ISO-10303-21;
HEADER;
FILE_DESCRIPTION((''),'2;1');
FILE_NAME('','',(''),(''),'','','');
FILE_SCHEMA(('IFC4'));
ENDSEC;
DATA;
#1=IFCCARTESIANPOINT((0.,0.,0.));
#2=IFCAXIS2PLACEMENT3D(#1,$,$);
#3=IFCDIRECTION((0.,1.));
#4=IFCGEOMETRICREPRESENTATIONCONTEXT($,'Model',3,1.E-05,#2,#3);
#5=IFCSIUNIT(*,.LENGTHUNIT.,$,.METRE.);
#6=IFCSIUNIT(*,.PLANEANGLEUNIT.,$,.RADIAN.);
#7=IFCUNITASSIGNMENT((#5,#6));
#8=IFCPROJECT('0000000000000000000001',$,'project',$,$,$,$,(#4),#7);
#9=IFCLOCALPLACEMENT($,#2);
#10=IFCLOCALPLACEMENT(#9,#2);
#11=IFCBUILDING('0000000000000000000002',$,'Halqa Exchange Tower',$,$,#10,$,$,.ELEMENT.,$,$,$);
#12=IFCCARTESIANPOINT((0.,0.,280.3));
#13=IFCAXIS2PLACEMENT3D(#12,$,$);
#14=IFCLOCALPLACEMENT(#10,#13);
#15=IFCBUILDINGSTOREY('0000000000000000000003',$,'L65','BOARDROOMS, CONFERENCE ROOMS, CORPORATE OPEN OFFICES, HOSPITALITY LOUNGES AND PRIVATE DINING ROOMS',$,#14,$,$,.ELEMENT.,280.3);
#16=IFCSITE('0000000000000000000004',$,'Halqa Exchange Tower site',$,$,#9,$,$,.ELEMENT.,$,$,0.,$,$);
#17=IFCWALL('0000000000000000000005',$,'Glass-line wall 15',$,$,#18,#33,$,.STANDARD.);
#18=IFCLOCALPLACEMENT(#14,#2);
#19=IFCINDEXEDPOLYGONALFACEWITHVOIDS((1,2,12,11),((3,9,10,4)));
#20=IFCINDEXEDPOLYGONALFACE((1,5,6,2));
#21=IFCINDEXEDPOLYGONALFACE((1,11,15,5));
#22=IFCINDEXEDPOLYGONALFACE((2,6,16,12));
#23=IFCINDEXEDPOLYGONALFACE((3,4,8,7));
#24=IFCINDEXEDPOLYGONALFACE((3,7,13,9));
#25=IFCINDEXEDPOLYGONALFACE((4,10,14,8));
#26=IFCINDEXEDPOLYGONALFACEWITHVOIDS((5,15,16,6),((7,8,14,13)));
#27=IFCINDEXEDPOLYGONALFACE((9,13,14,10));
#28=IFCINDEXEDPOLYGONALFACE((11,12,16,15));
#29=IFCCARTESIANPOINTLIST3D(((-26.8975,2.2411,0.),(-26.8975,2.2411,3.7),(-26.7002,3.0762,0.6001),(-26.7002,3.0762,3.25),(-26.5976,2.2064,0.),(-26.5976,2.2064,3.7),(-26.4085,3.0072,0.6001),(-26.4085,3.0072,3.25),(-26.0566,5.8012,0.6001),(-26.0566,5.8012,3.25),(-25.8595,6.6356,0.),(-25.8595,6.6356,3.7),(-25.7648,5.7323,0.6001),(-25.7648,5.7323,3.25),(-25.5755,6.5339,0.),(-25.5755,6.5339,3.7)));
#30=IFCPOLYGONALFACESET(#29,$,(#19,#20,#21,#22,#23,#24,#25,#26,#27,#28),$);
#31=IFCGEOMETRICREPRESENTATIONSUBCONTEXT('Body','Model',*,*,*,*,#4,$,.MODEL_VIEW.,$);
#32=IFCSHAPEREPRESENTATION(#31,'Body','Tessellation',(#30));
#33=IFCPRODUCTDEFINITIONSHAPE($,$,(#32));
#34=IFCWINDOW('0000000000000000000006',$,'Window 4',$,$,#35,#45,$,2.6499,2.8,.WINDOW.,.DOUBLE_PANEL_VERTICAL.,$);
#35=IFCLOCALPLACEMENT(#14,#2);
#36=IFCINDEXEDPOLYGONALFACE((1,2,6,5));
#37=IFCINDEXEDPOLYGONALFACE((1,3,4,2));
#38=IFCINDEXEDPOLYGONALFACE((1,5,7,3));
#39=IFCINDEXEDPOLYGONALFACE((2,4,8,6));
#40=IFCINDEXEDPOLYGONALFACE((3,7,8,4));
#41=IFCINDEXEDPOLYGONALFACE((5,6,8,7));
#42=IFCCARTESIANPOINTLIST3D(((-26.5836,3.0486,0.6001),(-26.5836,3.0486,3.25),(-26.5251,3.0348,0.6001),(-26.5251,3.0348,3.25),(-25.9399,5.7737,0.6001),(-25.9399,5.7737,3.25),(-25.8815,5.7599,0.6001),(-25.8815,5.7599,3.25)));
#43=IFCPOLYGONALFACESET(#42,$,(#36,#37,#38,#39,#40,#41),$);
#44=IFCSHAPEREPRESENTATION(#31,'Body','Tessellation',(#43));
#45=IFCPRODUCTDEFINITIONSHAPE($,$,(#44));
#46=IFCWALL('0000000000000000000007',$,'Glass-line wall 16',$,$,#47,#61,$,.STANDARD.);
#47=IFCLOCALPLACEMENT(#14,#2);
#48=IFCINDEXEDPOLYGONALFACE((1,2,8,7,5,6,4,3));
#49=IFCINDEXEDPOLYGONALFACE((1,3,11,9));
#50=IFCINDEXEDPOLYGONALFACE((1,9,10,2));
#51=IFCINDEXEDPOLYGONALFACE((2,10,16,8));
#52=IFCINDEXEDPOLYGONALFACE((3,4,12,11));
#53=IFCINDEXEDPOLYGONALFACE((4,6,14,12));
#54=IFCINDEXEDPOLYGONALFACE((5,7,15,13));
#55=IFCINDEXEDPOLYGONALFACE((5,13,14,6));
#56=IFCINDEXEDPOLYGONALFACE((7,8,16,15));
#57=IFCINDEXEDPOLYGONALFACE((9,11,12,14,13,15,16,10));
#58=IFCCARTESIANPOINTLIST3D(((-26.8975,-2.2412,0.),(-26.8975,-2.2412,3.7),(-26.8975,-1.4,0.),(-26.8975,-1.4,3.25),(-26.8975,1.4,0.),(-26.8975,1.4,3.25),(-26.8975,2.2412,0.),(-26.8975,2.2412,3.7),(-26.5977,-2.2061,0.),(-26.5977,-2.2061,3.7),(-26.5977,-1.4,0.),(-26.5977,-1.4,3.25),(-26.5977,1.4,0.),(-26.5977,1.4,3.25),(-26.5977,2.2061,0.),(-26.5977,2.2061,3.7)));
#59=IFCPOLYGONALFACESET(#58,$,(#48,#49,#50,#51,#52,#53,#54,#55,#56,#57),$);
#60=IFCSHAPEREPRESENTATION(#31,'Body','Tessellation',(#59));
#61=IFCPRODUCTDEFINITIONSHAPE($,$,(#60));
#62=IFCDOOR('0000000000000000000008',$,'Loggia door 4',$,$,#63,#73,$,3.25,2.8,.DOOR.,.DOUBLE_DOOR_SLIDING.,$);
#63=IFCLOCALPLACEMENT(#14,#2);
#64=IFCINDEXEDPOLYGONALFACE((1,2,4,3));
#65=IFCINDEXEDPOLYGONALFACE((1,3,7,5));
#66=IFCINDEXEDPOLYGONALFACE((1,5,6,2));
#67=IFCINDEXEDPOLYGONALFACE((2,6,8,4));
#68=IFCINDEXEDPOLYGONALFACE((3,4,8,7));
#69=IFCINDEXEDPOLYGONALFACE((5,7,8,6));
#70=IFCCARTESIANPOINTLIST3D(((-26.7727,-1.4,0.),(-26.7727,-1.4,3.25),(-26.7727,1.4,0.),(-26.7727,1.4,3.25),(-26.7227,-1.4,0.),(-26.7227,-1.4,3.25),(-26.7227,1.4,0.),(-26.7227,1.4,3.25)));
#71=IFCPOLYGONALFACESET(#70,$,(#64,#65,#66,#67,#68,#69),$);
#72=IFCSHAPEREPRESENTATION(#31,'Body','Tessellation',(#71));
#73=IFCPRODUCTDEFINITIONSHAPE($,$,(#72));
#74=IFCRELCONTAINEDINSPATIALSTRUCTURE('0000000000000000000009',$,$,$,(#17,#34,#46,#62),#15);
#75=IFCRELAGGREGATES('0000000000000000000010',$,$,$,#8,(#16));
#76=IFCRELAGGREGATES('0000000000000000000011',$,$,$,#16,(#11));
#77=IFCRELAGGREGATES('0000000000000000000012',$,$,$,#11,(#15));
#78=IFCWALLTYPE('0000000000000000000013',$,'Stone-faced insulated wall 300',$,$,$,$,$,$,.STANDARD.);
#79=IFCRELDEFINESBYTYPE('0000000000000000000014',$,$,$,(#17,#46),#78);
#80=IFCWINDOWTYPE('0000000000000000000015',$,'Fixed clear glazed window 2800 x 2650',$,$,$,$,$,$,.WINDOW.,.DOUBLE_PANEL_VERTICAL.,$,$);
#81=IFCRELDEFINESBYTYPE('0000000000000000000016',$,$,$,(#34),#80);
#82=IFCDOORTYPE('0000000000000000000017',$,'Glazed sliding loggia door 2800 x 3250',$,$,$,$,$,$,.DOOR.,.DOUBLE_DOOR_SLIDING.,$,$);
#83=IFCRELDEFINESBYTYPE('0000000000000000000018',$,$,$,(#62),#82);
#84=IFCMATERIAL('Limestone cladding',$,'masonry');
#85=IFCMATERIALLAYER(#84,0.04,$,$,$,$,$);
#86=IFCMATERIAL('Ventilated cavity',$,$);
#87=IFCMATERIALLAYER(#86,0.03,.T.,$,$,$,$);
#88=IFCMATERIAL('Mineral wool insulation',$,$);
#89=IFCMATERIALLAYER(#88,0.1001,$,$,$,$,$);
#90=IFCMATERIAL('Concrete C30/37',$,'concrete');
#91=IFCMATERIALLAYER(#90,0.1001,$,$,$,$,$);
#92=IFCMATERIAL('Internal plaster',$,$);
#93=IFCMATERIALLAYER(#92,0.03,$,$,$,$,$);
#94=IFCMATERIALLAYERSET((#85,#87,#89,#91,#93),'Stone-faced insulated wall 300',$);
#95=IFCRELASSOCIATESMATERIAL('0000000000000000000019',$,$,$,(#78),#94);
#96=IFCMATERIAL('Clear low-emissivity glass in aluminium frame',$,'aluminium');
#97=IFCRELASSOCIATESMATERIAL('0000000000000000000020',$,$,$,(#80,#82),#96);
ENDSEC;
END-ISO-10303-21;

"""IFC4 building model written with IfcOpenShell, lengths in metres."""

from ifc_helpers import new_model, si_unit, direction, frame, frame_2d, origin, place, context, subcontext, project, spatial, polyline, rectangle, outline, extrude, material, layer, layer_set, type_object, element, fill, save


model = new_model("IFC4")

# Units and contexts
model_context = context("Model", 3, precision=1e-05, world=origin(), true_north=direction((0.0, 1.0)))
body_context = subcontext(model_context, "Body", "Model", "MODEL_VIEW")
ifc_project = project(units=[si_unit("LENGTHUNIT", "METRE"), si_unit("PLANEANGLEUNIT", "RADIAN")], contexts=[model_context])

# Site, building, storey
site_placement = place(None, origin())
site = spatial("IfcSite", under=ifc_project, at=site_placement, Name="Halqa Exchange Tower site", CompositionType="ELEMENT", RefElevation=0.0)
building_placement = place(site_placement, origin())
building = spatial("IfcBuilding", under=site, at=building_placement, Name="Halqa Exchange Tower", CompositionType="ELEMENT")
storey_placement = place(building_placement, frame((0.0, 0.0, 280.3)))
storey = spatial("IfcBuildingStorey", under=building, at=storey_placement, Name="L65", Description="BOARDROOMS, CONFERENCE ROOMS, CORPORATE OPEN OFFICES, HOSPITALITY LOUNGES AND PRIVATE DINING ROOMS", CompositionType="ELEMENT", Elevation=280.3)

# Wall, opening, window
ifc_material_1 = material(Name="Limestone cladding", Category="masonry")
ifc_layer_1 = layer(ifc_material_1, 0.04)
ifc_material_2 = material(Name="Ventilated cavity")
ifc_layer_2 = layer(ifc_material_2, 0.03, ventilated=True)
ifc_material_3 = material(Name="Mineral wool insulation")
ifc_layer_3 = layer(ifc_material_3, 0.1001)
ifc_material_4 = material(Name="Concrete C30/37", Category="concrete")
ifc_layer_4 = layer(ifc_material_4, 0.1001)
ifc_material_5 = material(Name="Internal plaster")
ifc_layer_5 = layer(ifc_material_5, 0.03)
ifc_layer_set_1 = layer_set([ifc_layer_1, ifc_layer_2, ifc_layer_3, ifc_layer_4, ifc_layer_5], Name="Stone-faced insulated wall 300")
wall_type_1 = type_object("IfcWallType", Name="Stone-faced insulated wall 300", PredefinedType="STANDARD", material=ifc_layer_set_1)
ifc_material_6 = material(Name="Clear low-emissivity glass in aluminium frame", Category="aluminium")
window_type = type_object("IfcWindowType", Name="Fixed clear glazed window 2800 x 2650", PartitioningType="DOUBLE_PANEL_VERTICAL", PredefinedType="WINDOW", material=ifc_material_6)
wall_1_placement = place(storey_placement, frame((-25.7175, 6.5847, 0.0), z_axis=(0.0, 0.0, 1.0), x_axis=(-0.229862, -0.973223, 0.0)))
wall_1 = element("IfcWall", 1, at=wall_1_placement, inside=storey, type_object=wall_type_1, Name="Glass-line wall 15", PredefinedType="STANDARD", context=body_context, shape_type="SweptSolid", body=[
    extrude(outline(polyline([(-0.0168, -0.1499), (4.4985, -0.1499), (4.4634, 0.1499), (0.0168, 0.1499), (-0.0168, -0.1499)])), origin(), (0.0, 0.0, 1.0), 3.7),
])
opening_1_placement = place(wall_1_placement, frame((0.8406, 0.0, 0.6001)))
opening_1 = element("IfcOpeningElement", 2, at=opening_1_placement, cuts=wall_1, PredefinedType="OPENING", context=body_context, shape_type="SweptSolid", body=[
    extrude(rectangle(XDim=2.8, YDim=2.6499, at=frame_2d((1.3999, 1.325))), frame((0.0, 0.1621, 0.0), z_axis=(0.0, -1.0, 0.0), x_axis=(1.0, 0.0, 0.0)), (0.0, 0.0, 1.0), 0.324),
])
window_1_placement = place(opening_1_placement, origin())
window_1 = element("IfcWindow", 3, at=window_1_placement, inside=storey, type_object=window_type, Name="Window 4", OverallHeight=2.6499, OverallWidth=2.8, PartitioningType="DOUBLE_PANEL_VERTICAL", PredefinedType="WINDOW", context=body_context, shape_type="SweptSolid", body=[
    extrude(rectangle(XDim=2.8, YDim=2.6499, at=frame_2d((1.3999, 1.325))), frame((0.0, 0.03, 0.0), z_axis=(0.0, -1.0, 0.0), x_axis=(1.0, 0.0, 0.0)), (0.0, 0.0, 1.0), 0.0601),
])
fill(opening_1, window_1)

# Wall, opening, door
wall_2_placement = place(storey_placement, frame((-26.7476, 2.2236, 0.0), z_axis=(0.0, 0.0, 1.0), x_axis=(0.0, -1.0, 0.0)))
wall_2 = element("IfcWall", 4, at=wall_2_placement, inside=storey, type_object=wall_type_1, Name="Glass-line wall 16", PredefinedType="STANDARD", context=body_context, shape_type="SweptSolid", body=[
    extrude(outline(polyline([(-0.0176, -0.1499), (4.4648, -0.1499), (4.4297, 0.1499), (0.0176, 0.1499), (-0.0176, -0.1499)])), origin(), (0.0, 0.0, 1.0), 3.7),
])
opening_2_placement = place(wall_2_placement, frame((0.8237, 0.0, 0.0)))
opening_2 = element("IfcOpeningElement", 5, at=opening_2_placement, cuts=wall_2, PredefinedType="OPENING", context=body_context, shape_type="SweptSolid", body=[
    extrude(rectangle(XDim=2.8, YDim=3.25, at=frame_2d((1.3999, 1.625))), frame((0.0, 0.1621, 0.0), z_axis=(0.0, -1.0, 0.0), x_axis=(1.0, 0.0, 0.0)), (0.0, 0.0, 1.0), 0.324),
])
door_type = type_object("IfcDoorType", Name="Glazed sliding loggia door 2800 x 3250", OperationType="DOUBLE_DOOR_SLIDING", PredefinedType="DOOR", material=ifc_material_6)
door_placement = place(opening_2_placement, origin())
door = element("IfcDoor", 6, at=door_placement, inside=storey, type_object=door_type, Name="Loggia door 4", OperationType="DOUBLE_DOOR_SLIDING", OverallHeight=3.25, OverallWidth=2.8, PredefinedType="DOOR", context=body_context, shape_type="SweptSolid", body=[
    extrude(rectangle(XDim=2.8, YDim=3.25, at=frame_2d((1.3999, 1.625))), frame((0.0, 0.0249, 0.0), z_axis=(0.0, -1.0, 0.0), x_axis=(1.0, 0.0, 0.0)), (0.0, 0.0, 1.0), 0.05),
])
fill(opening_2, door)

save(model, "model.ifc")
